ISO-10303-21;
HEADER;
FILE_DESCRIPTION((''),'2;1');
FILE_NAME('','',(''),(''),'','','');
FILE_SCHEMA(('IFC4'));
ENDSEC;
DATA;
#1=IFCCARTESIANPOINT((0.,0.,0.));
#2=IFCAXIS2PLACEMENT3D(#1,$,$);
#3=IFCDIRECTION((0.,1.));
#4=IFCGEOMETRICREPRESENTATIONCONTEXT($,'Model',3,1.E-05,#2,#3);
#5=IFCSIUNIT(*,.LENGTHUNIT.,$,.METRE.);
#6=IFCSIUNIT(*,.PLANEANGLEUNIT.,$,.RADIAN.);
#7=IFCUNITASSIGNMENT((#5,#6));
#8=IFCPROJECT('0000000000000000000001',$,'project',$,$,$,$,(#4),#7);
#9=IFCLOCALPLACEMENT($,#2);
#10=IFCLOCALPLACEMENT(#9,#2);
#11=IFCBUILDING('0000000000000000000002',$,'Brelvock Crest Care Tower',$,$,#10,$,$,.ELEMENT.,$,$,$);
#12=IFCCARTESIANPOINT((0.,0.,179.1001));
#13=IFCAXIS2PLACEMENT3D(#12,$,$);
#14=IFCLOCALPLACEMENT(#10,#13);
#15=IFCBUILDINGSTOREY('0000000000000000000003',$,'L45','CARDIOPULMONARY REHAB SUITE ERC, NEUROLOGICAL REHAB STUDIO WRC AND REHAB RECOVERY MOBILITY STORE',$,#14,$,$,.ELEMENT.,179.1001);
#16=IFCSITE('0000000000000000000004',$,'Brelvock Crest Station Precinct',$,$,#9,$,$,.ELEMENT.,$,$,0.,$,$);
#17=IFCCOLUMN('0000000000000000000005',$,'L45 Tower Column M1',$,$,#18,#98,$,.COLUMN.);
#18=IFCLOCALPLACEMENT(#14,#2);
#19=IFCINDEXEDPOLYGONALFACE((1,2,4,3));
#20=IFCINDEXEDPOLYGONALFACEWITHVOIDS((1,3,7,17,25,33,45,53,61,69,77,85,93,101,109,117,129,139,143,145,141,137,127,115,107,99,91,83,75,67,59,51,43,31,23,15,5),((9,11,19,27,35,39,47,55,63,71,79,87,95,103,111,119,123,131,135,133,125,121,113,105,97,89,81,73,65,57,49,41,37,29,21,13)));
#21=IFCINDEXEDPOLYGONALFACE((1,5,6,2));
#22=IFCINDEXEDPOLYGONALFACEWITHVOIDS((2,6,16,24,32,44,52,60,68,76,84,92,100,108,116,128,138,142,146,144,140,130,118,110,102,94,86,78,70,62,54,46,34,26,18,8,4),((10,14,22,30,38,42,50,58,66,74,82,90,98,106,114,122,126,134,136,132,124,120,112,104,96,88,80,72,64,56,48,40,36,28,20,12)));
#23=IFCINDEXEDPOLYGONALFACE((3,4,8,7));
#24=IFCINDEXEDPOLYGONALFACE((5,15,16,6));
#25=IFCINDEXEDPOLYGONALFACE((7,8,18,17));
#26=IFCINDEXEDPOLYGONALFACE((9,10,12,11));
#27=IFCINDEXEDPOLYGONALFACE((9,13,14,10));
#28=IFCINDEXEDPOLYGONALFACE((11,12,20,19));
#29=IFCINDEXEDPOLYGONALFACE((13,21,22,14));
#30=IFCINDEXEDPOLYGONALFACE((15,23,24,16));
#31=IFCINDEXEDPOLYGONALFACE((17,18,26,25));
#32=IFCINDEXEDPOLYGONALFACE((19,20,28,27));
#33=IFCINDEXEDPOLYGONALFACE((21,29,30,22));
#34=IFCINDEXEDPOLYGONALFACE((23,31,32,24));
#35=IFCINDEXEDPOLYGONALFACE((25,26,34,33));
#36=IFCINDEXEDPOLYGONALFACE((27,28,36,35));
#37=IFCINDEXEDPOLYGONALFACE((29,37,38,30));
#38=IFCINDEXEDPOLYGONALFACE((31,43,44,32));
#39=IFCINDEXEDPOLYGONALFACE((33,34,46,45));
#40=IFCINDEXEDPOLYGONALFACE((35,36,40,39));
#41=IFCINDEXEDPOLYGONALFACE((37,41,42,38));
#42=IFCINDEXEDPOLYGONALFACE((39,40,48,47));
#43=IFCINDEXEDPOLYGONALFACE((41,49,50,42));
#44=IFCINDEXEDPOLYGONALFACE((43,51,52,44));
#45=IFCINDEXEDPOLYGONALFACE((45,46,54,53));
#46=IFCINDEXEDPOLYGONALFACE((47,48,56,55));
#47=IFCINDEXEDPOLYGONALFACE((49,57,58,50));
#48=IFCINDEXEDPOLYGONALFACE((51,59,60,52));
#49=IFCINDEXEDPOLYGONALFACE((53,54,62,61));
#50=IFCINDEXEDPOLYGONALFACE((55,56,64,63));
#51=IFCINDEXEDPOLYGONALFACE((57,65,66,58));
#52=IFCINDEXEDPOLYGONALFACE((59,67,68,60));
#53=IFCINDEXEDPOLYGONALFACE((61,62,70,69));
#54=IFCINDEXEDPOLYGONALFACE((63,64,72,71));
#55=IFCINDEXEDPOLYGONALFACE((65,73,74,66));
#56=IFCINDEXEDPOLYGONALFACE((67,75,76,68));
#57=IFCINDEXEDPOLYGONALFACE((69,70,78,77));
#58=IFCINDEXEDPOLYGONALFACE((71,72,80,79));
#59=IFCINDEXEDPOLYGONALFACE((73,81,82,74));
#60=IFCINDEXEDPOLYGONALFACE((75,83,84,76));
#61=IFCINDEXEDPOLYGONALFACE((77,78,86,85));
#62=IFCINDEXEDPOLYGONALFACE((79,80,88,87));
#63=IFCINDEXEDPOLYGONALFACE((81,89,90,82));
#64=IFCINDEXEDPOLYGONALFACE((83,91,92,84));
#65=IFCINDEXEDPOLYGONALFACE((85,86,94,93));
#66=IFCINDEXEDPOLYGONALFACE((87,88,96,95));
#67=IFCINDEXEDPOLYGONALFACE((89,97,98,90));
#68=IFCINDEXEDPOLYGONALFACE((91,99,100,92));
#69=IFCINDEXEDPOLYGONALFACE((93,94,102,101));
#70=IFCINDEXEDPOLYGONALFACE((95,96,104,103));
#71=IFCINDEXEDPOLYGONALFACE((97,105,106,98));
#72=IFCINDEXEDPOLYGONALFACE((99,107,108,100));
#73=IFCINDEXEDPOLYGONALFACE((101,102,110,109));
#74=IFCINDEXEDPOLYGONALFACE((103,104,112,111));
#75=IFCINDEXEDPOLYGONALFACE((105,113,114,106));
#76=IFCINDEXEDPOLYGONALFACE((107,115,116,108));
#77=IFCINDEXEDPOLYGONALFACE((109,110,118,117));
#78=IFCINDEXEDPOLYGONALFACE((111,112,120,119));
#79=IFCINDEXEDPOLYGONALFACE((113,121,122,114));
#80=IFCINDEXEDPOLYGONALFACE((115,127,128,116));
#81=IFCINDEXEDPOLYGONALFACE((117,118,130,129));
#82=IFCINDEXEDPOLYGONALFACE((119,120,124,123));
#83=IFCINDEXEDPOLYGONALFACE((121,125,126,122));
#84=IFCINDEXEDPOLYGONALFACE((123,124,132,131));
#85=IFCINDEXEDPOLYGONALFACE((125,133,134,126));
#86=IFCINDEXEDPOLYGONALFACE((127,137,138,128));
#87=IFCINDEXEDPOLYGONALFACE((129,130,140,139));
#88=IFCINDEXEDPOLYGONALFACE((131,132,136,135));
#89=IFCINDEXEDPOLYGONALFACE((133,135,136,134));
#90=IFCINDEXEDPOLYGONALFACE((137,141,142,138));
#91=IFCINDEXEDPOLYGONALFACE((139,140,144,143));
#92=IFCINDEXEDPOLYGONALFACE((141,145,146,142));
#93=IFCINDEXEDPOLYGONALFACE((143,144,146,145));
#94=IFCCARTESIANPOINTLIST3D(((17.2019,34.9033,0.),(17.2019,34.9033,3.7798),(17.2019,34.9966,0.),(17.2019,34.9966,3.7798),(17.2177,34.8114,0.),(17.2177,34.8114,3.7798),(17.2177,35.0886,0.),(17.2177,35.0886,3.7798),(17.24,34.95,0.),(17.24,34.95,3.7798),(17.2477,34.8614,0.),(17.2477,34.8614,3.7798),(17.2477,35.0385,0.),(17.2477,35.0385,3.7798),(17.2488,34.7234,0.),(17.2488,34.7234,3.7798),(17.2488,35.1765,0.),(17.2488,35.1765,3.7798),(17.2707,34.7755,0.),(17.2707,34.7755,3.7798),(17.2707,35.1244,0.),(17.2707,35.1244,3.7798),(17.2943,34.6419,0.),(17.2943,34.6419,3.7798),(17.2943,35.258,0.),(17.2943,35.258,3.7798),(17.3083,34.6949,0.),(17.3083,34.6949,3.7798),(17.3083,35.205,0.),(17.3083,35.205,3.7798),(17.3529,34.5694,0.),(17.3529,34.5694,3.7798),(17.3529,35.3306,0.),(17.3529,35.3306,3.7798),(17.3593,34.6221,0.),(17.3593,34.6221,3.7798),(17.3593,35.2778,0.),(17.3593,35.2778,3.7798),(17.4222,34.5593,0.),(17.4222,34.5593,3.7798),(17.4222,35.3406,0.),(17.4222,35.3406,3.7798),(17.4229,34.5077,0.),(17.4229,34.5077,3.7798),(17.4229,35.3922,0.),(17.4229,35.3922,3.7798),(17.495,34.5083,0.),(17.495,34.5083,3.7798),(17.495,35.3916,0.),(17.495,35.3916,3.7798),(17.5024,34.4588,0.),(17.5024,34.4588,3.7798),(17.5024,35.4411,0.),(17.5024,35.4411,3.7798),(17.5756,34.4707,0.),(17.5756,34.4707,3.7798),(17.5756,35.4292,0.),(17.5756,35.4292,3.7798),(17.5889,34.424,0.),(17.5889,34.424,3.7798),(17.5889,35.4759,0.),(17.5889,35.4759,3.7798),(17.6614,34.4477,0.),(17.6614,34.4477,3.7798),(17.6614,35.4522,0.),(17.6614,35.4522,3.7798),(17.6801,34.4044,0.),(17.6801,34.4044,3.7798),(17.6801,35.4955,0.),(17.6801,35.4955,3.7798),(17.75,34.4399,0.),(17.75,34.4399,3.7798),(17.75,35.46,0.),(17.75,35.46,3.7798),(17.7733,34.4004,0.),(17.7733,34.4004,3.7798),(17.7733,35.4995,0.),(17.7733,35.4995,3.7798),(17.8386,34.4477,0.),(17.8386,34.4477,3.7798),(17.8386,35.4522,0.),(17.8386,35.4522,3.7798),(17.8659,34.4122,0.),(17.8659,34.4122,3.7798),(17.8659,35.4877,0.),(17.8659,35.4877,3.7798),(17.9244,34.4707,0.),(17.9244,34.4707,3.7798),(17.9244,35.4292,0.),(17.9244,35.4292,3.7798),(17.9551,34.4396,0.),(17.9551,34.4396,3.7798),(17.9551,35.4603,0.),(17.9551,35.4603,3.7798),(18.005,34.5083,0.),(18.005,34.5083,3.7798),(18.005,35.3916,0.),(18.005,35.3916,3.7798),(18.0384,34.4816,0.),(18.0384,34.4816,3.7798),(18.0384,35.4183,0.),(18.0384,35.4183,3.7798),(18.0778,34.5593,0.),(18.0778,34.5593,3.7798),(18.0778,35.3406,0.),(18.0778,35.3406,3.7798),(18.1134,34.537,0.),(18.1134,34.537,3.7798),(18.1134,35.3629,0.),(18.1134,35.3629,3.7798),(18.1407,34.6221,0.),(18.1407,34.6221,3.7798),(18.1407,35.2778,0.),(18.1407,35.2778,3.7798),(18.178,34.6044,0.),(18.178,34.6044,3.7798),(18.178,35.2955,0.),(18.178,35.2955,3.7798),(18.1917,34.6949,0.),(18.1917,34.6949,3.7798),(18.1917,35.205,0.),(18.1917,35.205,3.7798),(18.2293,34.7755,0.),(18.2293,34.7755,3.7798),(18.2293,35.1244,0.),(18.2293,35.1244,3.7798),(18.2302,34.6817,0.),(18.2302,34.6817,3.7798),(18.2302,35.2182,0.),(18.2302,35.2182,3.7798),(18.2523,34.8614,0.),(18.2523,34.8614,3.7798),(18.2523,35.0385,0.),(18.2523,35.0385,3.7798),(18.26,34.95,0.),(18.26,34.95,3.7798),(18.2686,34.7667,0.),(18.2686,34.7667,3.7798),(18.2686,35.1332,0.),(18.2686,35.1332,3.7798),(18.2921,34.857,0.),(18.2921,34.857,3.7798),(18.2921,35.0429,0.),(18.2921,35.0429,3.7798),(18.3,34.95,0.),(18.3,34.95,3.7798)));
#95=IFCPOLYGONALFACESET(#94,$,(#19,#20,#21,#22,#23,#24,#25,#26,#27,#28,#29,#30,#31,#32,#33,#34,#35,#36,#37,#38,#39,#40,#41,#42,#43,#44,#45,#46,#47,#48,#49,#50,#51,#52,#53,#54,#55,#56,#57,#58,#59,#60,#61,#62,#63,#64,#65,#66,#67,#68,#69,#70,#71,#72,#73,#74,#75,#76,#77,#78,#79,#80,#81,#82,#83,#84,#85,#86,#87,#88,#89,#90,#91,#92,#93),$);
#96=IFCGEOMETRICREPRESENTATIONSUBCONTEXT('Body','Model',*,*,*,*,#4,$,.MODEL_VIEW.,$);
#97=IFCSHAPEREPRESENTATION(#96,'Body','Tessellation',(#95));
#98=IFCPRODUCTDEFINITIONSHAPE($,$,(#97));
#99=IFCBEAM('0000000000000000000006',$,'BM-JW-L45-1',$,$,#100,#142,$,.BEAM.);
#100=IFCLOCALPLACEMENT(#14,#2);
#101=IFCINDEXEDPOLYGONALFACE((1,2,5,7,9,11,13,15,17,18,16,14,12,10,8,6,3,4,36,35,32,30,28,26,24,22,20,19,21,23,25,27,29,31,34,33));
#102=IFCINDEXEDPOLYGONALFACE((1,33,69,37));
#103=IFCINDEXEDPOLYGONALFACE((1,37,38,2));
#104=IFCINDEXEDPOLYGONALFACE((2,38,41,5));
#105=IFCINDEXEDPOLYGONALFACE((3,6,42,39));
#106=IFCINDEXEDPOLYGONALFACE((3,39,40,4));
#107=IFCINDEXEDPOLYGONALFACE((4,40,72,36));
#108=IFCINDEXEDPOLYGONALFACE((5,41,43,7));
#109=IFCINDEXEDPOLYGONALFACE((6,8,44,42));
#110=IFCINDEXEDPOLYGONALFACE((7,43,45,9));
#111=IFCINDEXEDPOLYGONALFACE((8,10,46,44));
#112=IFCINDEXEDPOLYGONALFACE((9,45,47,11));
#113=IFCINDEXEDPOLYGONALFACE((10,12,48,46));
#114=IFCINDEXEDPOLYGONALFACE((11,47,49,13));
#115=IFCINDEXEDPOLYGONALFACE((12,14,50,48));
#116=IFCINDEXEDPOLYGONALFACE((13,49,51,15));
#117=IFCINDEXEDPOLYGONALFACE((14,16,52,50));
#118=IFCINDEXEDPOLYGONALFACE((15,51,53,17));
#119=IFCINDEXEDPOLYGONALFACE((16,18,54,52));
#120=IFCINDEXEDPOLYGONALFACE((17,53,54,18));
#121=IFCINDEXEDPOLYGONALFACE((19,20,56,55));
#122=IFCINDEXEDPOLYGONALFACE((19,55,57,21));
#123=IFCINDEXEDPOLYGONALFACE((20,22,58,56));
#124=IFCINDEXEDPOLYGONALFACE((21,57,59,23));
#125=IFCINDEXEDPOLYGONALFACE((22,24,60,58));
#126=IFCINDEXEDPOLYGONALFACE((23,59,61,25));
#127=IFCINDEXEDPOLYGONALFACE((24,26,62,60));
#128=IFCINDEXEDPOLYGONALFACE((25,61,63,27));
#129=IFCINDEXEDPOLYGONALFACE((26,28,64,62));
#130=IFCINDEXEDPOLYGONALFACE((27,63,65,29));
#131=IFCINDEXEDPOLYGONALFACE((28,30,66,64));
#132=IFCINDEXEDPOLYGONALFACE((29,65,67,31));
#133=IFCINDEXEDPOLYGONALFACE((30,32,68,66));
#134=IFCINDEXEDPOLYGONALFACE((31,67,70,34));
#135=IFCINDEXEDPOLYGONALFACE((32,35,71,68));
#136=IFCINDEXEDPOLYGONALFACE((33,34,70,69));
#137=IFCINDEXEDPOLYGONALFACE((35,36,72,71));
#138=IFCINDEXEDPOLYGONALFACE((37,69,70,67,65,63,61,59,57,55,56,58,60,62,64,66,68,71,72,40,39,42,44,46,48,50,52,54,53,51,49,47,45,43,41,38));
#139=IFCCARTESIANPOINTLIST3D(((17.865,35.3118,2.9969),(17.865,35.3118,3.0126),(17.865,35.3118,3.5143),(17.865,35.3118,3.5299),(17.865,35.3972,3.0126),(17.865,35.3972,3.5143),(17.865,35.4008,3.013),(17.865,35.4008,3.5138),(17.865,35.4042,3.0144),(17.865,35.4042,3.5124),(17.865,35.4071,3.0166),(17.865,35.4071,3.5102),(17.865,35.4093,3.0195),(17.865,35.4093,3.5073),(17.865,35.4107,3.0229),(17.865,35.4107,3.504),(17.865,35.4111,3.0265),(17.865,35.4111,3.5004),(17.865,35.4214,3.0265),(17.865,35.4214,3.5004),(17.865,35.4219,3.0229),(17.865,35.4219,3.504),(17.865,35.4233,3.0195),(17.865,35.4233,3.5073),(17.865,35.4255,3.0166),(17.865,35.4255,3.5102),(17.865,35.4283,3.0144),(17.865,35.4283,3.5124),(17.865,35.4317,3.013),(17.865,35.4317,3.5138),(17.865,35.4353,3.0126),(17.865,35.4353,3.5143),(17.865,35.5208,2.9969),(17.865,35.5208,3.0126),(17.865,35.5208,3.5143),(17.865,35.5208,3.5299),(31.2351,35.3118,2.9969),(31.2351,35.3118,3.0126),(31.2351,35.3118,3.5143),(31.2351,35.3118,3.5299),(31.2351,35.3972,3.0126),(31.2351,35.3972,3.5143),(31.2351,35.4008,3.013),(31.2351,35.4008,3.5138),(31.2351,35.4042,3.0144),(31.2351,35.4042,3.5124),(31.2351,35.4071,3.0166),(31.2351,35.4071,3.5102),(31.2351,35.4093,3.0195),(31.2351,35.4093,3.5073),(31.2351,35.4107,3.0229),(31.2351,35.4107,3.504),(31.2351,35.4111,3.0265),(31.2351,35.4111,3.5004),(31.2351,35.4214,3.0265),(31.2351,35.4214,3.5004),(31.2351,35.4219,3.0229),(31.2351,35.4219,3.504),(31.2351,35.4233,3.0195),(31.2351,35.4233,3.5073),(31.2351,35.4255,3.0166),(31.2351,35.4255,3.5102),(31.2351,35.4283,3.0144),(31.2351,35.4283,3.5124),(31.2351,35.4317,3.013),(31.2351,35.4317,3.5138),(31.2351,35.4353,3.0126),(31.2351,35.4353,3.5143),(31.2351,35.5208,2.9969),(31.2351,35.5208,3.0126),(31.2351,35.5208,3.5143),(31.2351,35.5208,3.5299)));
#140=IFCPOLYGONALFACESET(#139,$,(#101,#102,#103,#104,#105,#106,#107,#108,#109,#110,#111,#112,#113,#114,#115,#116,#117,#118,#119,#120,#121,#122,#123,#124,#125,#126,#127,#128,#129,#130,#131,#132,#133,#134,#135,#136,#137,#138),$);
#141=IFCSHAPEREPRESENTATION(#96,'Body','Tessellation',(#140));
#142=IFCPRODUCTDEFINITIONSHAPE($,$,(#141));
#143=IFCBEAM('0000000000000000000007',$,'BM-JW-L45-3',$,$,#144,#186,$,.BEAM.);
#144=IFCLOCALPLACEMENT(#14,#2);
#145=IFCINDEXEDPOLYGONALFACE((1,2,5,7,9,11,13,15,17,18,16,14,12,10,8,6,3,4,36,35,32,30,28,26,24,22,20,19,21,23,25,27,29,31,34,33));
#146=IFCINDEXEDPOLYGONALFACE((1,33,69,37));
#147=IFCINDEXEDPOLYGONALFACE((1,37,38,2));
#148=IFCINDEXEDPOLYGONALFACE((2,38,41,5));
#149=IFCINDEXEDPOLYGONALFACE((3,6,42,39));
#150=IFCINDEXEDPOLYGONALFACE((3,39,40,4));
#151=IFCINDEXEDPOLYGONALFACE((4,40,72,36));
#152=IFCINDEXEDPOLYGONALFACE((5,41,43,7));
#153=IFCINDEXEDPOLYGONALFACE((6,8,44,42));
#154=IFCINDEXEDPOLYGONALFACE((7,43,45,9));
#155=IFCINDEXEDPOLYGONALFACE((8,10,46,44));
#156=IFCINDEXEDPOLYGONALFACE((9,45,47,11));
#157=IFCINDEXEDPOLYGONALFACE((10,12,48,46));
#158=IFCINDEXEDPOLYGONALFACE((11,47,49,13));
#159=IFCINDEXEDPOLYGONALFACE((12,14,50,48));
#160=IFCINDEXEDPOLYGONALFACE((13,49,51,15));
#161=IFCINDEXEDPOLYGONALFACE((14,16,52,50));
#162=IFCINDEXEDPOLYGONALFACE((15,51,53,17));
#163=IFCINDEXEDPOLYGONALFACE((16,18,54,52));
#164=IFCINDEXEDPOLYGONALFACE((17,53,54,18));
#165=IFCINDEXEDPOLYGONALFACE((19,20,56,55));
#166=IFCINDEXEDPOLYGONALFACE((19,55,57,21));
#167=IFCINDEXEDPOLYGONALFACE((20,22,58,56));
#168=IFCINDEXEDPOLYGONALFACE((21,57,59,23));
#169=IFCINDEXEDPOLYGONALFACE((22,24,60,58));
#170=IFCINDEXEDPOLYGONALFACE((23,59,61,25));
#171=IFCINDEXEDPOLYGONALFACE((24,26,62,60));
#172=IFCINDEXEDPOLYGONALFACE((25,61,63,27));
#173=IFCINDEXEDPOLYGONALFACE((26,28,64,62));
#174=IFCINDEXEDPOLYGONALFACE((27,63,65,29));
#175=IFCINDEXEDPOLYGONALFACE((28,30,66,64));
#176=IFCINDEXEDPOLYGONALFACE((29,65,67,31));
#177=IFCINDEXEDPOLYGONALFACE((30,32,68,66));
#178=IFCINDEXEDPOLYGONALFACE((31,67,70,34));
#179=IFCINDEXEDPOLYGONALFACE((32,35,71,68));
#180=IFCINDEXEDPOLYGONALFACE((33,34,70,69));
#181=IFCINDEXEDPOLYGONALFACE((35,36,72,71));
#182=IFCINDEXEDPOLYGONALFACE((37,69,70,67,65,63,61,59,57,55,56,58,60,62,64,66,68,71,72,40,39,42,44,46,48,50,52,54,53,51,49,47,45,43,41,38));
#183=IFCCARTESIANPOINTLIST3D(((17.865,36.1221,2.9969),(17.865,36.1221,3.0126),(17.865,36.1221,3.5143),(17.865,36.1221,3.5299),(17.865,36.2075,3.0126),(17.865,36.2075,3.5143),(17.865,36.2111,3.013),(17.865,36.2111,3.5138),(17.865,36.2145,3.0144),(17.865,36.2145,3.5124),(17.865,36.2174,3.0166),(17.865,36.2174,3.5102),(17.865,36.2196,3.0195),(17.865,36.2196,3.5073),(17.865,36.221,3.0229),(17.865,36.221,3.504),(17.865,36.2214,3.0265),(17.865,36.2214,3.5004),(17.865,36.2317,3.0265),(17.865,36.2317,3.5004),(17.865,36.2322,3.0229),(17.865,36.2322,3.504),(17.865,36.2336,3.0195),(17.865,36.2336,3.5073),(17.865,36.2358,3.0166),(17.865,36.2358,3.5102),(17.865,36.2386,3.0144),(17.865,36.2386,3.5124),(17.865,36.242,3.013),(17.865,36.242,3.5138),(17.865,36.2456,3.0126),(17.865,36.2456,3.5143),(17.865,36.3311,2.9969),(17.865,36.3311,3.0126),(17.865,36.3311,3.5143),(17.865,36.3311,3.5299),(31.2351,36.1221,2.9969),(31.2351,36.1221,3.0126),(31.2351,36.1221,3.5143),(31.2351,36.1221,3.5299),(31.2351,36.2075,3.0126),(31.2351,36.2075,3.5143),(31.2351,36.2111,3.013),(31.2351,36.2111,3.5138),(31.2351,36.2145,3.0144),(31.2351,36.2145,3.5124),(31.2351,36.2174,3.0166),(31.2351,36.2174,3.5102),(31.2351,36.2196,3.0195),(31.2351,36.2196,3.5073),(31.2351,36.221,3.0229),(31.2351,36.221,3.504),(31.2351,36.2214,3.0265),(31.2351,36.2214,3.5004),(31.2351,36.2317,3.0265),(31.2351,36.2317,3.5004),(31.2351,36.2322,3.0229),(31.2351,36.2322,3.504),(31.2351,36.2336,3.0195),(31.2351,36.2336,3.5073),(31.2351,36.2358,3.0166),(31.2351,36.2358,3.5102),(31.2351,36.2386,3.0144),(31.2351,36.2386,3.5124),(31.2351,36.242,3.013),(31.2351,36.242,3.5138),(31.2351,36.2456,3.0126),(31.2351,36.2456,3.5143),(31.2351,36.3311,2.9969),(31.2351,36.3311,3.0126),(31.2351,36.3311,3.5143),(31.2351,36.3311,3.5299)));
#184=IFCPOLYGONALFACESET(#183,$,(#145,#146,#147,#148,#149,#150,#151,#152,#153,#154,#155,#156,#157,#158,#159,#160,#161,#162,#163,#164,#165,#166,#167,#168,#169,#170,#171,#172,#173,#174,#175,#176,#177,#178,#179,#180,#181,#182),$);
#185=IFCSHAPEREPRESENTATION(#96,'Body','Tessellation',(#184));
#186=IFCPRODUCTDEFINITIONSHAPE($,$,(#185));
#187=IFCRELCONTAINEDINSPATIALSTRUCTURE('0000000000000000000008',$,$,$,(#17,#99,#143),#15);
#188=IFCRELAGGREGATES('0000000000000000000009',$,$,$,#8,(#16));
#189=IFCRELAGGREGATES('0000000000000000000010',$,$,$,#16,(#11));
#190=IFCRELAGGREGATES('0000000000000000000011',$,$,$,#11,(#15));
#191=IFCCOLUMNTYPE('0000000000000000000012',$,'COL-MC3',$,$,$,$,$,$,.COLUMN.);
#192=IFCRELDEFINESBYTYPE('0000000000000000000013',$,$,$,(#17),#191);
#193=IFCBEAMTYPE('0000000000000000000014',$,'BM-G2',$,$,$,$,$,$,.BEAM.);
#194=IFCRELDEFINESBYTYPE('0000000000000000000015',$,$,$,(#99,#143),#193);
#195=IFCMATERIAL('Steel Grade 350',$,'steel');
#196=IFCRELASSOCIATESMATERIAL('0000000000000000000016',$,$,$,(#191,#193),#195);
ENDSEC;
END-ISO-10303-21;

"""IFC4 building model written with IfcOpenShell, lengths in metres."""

from ifc_helpers import new_model, si_unit, direction, frame, origin, origin_2d, place, context, subcontext, project, spatial, hollow_circle, i_section, extrude, source, transform, mapped, material, material_profile, profile_set, type_object, element, save


model = new_model("IFC4")

# Units and contexts
model_context = context("Model", 3, precision=1e-05, world=origin(), true_north=direction((0.0, 1.0)))
body_context = subcontext(model_context, "Body", "Model", "MODEL_VIEW")
ifc_project = project(units=[si_unit("LENGTHUNIT", "METRE"), si_unit("PLANEANGLEUNIT", "RADIAN")], contexts=[model_context])

# Site, building, storey
site_placement = place(None, origin())
site = spatial("IfcSite", under=ifc_project, at=site_placement, Name="Brelvock Crest Station Precinct", CompositionType="ELEMENT", RefElevation=0.0)
building_placement = place(site_placement, origin())
building = spatial("IfcBuilding", under=site, at=building_placement, Name="Brelvock Crest Care Tower", CompositionType="ELEMENT")
storey_placement = place(building_placement, frame((0.0, 0.0, 179.1001)))
storey = spatial("IfcBuildingStorey", under=building, at=storey_placement, Name="L45", Description="CARDIOPULMONARY REHAB SUITE ERC, NEUROLOGICAL REHAB STUDIO WRC AND REHAB RECOVERY MOBILITY STORE", CompositionType="ELEMENT", Elevation=179.1001)

# Column
ifc_material_1 = material(Name="Steel Grade 350", Category="steel")
ifc_material_profile_1 = material_profile(ifc_material_1, hollow_circle(Radius=0.55, WallThickness=0.04, at=origin_2d()), Name="CFT1100x40")
ifc_profile_set_1 = profile_set([ifc_material_profile_1], Name="Steel Grade 350")
column_type = type_object("IfcColumnType", Name="COL-MC3", PredefinedType="COLUMN", material=ifc_profile_set_1)
shared_shape_1 = source(origin(), body_context, "Body", "SweptSolid", [
    extrude(hollow_circle(Radius=0.55, WallThickness=0.04, at=origin_2d()), origin(), (0.0, 0.0, 1.0), 3.7798),
])
column_placement = place(storey_placement, frame((17.75, 34.95, 0.0), z_axis=(0.0, 0.0, 1.0), x_axis=(1.0, 0.0, 0.0)))
element("IfcColumn", 1, at=column_placement, inside=storey, type_object=column_type, Name="L45 Tower Column M1", PredefinedType="COLUMN", context=body_context, shape_type="MappedRepresentation", body=[
    mapped(shared_shape_1, transform((0.0, 0.0, 0.0), x_axis=(1.0, 0.0, 0.0), y_axis=(0.0, 1.0, 0.0), z_axis=(0.0, 0.0, 1.0), scale=1.0)),
])

# Beams
ifc_material_profile_2 = material_profile(ifc_material_1, i_section(OverallWidth=0.209, OverallDepth=0.533, WebThickness=0.0103, FlangeThickness=0.0156, FilletRadius=0.0139, at=origin_2d()), Name="530UB92.4")
ifc_profile_set_2 = profile_set([ifc_material_profile_2], Name="Steel Grade 350")
beam_type_1 = type_object("IfcBeamType", Name="BM-G2", PredefinedType="BEAM", material=ifc_profile_set_2)
shared_shape_2 = source(origin(), body_context, "Body", "SweptSolid", [
    extrude(i_section(OverallWidth=0.209, OverallDepth=0.533, WebThickness=0.0103, FlangeThickness=0.0156, FilletRadius=0.0139, at=origin_2d()), origin(), (0.0, 0.0, 1.0), 13.3701),
])
for number, where, z_axis, x_axis, name in (
    (2, (17.865, 35.4163, 3.2634), (1.0, 0.0, 0.0), (0.0, 1.0, 0.0), "BM-JW-L45-1"),
    (3, (17.865, 36.2266, 3.2634), (1.0, 0.0, 0.0), (0.0, 1.0, 0.0), "BM-JW-L45-3"),
):
    element("IfcBeam", number, at=place(storey_placement, frame(where, z_axis=z_axis, x_axis=x_axis)), inside=storey, type_object=beam_type_1, Name=name, PredefinedType="BEAM", context=body_context, shape_type="MappedRepresentation", body=[
        mapped(shared_shape_2, transform((0.0, 0.0, 0.0), x_axis=(1.0, 0.0, 0.0), y_axis=(0.0, 1.0, 0.0), z_axis=(0.0, 0.0, 1.0), scale=1.0)),
    ])

save(model, "model.ifc")
